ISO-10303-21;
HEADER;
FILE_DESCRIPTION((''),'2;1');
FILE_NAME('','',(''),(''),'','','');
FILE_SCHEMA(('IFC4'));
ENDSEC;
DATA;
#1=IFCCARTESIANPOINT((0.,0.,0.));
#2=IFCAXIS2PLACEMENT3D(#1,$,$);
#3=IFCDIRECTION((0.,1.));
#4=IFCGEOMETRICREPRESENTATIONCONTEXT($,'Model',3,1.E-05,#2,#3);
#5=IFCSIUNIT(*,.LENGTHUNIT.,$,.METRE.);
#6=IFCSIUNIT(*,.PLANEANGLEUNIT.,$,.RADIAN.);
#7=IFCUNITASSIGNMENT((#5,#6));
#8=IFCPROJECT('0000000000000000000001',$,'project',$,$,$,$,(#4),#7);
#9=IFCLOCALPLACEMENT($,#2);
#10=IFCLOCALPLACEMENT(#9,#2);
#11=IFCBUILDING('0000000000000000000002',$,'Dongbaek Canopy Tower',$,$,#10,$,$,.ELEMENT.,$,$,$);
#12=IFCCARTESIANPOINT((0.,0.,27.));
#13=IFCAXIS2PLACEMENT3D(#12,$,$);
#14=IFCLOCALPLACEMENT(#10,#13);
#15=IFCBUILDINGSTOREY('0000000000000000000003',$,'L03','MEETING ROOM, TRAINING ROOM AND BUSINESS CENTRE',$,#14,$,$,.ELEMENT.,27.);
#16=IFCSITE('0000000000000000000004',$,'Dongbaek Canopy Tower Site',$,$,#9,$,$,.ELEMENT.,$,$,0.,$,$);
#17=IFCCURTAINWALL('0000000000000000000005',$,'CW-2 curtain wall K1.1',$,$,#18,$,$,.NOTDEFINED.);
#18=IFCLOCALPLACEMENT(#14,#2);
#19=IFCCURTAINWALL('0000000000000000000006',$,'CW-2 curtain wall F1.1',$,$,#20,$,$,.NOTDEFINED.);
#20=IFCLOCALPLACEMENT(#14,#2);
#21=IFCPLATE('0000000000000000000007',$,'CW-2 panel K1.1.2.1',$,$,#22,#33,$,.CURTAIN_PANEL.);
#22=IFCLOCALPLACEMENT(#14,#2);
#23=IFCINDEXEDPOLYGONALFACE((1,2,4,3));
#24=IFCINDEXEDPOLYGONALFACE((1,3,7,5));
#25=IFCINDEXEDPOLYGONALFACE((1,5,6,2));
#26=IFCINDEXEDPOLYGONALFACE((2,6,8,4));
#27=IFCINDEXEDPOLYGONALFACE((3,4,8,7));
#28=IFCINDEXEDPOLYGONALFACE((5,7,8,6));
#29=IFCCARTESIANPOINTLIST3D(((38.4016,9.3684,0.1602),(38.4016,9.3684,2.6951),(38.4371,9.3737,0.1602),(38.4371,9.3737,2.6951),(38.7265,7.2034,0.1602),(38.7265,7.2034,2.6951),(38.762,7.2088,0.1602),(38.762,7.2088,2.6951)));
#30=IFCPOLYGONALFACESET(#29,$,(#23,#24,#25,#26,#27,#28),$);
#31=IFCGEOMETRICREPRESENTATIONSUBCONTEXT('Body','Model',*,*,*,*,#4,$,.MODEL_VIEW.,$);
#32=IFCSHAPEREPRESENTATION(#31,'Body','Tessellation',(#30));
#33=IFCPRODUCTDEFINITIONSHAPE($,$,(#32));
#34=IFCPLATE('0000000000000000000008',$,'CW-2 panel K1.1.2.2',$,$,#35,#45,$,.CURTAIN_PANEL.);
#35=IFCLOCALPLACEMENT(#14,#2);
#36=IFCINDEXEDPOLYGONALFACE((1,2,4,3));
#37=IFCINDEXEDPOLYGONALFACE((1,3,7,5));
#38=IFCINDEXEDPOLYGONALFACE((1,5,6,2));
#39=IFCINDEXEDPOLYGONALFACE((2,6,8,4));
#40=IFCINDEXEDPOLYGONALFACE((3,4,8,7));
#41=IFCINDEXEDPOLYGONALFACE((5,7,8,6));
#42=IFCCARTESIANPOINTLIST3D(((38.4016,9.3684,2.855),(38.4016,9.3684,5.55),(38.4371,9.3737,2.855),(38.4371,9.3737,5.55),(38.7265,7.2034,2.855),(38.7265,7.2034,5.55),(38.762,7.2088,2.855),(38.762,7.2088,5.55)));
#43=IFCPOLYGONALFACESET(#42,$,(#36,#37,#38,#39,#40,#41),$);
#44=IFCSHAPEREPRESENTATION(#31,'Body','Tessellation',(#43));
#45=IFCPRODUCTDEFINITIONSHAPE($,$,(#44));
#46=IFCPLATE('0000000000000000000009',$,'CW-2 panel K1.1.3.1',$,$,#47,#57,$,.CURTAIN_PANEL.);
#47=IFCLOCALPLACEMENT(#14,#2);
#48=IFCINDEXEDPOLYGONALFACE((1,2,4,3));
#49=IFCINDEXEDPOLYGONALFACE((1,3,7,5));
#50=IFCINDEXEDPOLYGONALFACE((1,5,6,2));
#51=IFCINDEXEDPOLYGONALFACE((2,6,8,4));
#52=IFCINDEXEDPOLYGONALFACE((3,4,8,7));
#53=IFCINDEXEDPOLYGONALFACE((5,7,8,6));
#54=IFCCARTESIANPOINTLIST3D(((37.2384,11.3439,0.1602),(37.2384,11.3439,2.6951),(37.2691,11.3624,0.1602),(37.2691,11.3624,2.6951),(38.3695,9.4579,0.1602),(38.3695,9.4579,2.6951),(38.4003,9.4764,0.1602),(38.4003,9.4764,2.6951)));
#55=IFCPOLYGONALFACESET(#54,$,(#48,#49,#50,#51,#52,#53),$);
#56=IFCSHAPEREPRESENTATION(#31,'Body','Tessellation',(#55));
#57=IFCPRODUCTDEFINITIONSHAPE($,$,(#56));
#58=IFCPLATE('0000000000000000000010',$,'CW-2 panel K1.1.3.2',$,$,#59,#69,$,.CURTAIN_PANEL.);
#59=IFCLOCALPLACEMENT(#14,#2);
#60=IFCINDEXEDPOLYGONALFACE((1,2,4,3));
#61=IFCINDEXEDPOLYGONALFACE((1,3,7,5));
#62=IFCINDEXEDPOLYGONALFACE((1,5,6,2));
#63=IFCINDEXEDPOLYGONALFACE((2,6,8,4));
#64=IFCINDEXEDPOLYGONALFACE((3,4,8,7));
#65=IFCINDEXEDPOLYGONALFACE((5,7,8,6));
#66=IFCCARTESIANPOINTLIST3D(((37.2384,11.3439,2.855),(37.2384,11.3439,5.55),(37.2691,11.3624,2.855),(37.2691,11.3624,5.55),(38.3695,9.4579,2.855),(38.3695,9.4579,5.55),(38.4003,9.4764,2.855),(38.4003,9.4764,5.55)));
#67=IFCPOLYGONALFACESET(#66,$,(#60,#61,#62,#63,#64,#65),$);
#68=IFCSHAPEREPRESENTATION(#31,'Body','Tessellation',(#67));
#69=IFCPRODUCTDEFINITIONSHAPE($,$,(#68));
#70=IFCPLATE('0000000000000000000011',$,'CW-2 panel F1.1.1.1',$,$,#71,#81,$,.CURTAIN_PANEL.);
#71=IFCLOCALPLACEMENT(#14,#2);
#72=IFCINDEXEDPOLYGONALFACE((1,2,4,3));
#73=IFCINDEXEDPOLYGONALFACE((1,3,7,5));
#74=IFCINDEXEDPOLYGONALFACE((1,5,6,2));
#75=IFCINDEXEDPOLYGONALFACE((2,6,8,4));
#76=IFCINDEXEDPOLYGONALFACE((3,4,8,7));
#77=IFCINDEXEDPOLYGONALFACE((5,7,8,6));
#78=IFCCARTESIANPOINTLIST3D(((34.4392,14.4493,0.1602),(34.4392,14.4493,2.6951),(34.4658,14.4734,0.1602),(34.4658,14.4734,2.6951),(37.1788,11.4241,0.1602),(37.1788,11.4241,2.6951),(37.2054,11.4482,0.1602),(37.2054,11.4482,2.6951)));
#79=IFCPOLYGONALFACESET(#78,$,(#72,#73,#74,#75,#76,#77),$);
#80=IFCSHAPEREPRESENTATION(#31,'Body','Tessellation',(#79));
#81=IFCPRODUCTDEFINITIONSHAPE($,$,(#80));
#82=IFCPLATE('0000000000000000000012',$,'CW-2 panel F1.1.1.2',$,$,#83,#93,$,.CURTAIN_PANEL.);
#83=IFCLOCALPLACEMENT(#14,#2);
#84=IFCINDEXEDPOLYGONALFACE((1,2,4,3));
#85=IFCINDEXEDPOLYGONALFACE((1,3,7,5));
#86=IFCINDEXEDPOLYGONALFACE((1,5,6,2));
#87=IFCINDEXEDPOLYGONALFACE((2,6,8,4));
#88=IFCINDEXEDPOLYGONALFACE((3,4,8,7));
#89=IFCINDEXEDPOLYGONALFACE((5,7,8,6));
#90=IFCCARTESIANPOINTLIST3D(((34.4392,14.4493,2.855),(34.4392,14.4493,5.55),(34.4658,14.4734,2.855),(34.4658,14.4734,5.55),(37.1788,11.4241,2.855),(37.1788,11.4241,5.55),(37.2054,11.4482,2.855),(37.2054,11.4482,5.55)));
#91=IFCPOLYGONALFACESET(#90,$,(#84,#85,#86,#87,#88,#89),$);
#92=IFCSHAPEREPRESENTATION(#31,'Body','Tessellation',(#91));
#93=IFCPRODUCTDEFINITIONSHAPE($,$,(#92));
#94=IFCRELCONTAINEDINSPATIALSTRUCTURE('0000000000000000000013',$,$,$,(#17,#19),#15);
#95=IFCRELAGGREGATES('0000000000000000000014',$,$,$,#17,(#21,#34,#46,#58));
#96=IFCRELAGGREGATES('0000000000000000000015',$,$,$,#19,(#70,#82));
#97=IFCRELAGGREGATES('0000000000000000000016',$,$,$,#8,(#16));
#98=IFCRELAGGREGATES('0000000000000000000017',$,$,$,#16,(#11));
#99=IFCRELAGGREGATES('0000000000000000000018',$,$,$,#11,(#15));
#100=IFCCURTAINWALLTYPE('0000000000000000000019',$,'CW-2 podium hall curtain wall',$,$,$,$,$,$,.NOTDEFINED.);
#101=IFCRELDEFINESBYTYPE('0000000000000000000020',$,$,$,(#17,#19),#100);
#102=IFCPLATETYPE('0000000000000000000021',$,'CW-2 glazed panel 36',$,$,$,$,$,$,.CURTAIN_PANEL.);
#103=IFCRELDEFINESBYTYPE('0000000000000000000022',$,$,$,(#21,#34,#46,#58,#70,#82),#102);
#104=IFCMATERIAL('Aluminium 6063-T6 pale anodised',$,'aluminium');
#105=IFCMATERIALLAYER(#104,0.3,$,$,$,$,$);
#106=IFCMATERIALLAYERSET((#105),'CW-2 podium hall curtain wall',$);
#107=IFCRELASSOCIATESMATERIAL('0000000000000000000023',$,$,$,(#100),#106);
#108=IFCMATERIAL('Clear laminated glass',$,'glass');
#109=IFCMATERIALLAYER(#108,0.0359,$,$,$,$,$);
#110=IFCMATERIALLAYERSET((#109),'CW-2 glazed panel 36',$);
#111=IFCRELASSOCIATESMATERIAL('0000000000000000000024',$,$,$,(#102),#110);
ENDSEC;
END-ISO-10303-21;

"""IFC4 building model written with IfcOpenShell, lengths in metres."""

from ifc_helpers import new_model, si_unit, direction, frame, origin, origin_2d, place, context, subcontext, project, spatial, rectangle, extrude, material, layer, layer_set, type_object, element, aggregate, save


model = new_model("IFC4")

# Units and contexts
model_context = context("Model", 3, precision=1e-05, world=origin(), true_north=direction((0.0, 1.0)))
body_context = subcontext(model_context, "Body", "Model", "MODEL_VIEW")
ifc_project = project(units=[si_unit("LENGTHUNIT", "METRE"), si_unit("PLANEANGLEUNIT", "RADIAN")], contexts=[model_context])

# Site, building, storey
site_placement = place(None, origin())
site = spatial("IfcSite", under=ifc_project, at=site_placement, Name="Dongbaek Canopy Tower Site", CompositionType="ELEMENT", RefElevation=0.0)
building_placement = place(site_placement, origin())
building = spatial("IfcBuilding", under=site, at=building_placement, Name="Dongbaek Canopy Tower", CompositionType="ELEMENT")
storey_placement = place(building_placement, frame((0.0, 0.0, 27.0)))
storey = spatial("IfcBuildingStorey", under=building, at=storey_placement, Name="L03", Description="MEETING ROOM, TRAINING ROOM AND BUSINESS CENTRE", CompositionType="ELEMENT", Elevation=27.0)

# Curtain wall
ifc_material_1 = material(Name="Aluminium 6063-T6 pale anodised", Category="aluminium")
ifc_layer_1 = layer(ifc_material_1, 0.3)
ifc_layer_set_1 = layer_set([ifc_layer_1], Name="CW-2 podium hall curtain wall")
curtain_wall_type = type_object("IfcCurtainWallType", Name="CW-2 podium hall curtain wall", PredefinedType="NOTDEFINED", material=ifc_layer_set_1)
curtain_wall_1_placement = place(storey_placement, origin())
curtain_wall_1 = element("IfcCurtainWall", 1, at=curtain_wall_1_placement, inside=storey, type_object=curtain_wall_type, Name="CW-2 curtain wall K1.1", PredefinedType="NOTDEFINED")

# Curtain wall
curtain_wall_2_placement = place(storey_placement, origin())
curtain_wall_2 = element("IfcCurtainWall", 2, at=curtain_wall_2_placement, inside=storey, type_object=curtain_wall_type, Name="CW-2 curtain wall F1.1", PredefinedType="NOTDEFINED")

# Plates
ifc_material_2 = material(Name="Clear laminated glass", Category="glass")
ifc_layer_2 = layer(ifc_material_2, 0.0359)
ifc_layer_set_2 = layer_set([ifc_layer_2], Name="CW-2 glazed panel 36")
plate_type = type_object("IfcPlateType", Name="CW-2 glazed panel 36", PredefinedType="CURTAIN_PANEL", material=ifc_layer_set_2)
plate_1_placement = place(storey_placement, frame((38.5818, 8.2886, 0.1602), z_axis=(0.0, 0.0, 1.0), x_axis=(-0.148406, 0.988926, 0.0)))
plate_1 = element("IfcPlate", 3, at=plate_1_placement, type_object=plate_type, Name="CW-2 panel K1.1.2.1", PredefinedType="CURTAIN_PANEL", context=body_context, shape_type="SweptSolid", body=[
    extrude(rectangle(XDim=2.1892, YDim=0.0359, at=origin_2d()), origin(), (0.0, 0.0, 1.0), 2.5349),
])
plate_2_placement = place(storey_placement, frame((38.5818, 8.2886, 2.855), z_axis=(0.0, 0.0, 1.0), x_axis=(-0.148406, 0.988926, 0.0)))
plate_2 = element("IfcPlate", 4, at=plate_2_placement, type_object=plate_type, Name="CW-2 panel K1.1.2.2", PredefinedType="CURTAIN_PANEL", context=body_context, shape_type="SweptSolid", body=[
    extrude(rectangle(XDim=2.1892, YDim=0.0359, at=origin_2d()), origin(), (0.0, 0.0, 1.0), 2.6951),
])
plate_3_placement = place(storey_placement, frame((37.8193, 10.4102, 0.1602), z_axis=(0.0, 0.0, 1.0), x_axis=(-0.514356, 0.857576, 0.0)))
plate_3 = element("IfcPlate", 5, at=plate_3_placement, type_object=plate_type, Name="CW-2 panel K1.1.3.1", PredefinedType="CURTAIN_PANEL", context=body_context, shape_type="SweptSolid", body=[
    extrude(rectangle(XDim=2.1992, YDim=0.0359, at=origin_2d()), origin(), (0.0, 0.0, 1.0), 2.5349),
])
plate_4_placement = place(storey_placement, frame((37.8193, 10.4102, 2.855), z_axis=(0.0, 0.0, 1.0), x_axis=(-0.514356, 0.857576, 0.0)))
plate_4 = element("IfcPlate", 6, at=plate_4_placement, type_object=plate_type, Name="CW-2 panel K1.1.3.2", PredefinedType="CURTAIN_PANEL", context=body_context, shape_type="SweptSolid", body=[
    extrude(rectangle(XDim=2.1992, YDim=0.0359, at=origin_2d()), origin(), (0.0, 0.0, 1.0), 2.6951),
])
aggregate(curtain_wall_1, [plate_1, plate_2, plate_3, plate_4])
plate_5_placement = place(storey_placement, frame((35.8223, 12.9487, 0.1602), z_axis=(0.0, 0.0, 1.0), x_axis=(-0.67126, 0.741222, 0.0)))
plate_5 = element("IfcPlate", 7, at=plate_5_placement, type_object=plate_type, Name="CW-2 panel F1.1.1.1", PredefinedType="CURTAIN_PANEL", context=body_context, shape_type="SweptSolid", body=[
    extrude(rectangle(XDim=4.0813, YDim=0.0359, at=origin_2d()), origin(), (0.0, 0.0, 1.0), 2.5349),
])
plate_6_placement = place(storey_placement, frame((35.8223, 12.9487, 2.855), z_axis=(0.0, 0.0, 1.0), x_axis=(-0.67126, 0.741222, 0.0)))
plate_6 = element("IfcPlate", 8, at=plate_6_placement, type_object=plate_type, Name="CW-2 panel F1.1.1.2", PredefinedType="CURTAIN_PANEL", context=body_context, shape_type="SweptSolid", body=[
    extrude(rectangle(XDim=4.0813, YDim=0.0359, at=origin_2d()), origin(), (0.0, 0.0, 1.0), 2.6951),
])
aggregate(curtain_wall_2, [plate_5, plate_6])

save(model, "model.ifc")
